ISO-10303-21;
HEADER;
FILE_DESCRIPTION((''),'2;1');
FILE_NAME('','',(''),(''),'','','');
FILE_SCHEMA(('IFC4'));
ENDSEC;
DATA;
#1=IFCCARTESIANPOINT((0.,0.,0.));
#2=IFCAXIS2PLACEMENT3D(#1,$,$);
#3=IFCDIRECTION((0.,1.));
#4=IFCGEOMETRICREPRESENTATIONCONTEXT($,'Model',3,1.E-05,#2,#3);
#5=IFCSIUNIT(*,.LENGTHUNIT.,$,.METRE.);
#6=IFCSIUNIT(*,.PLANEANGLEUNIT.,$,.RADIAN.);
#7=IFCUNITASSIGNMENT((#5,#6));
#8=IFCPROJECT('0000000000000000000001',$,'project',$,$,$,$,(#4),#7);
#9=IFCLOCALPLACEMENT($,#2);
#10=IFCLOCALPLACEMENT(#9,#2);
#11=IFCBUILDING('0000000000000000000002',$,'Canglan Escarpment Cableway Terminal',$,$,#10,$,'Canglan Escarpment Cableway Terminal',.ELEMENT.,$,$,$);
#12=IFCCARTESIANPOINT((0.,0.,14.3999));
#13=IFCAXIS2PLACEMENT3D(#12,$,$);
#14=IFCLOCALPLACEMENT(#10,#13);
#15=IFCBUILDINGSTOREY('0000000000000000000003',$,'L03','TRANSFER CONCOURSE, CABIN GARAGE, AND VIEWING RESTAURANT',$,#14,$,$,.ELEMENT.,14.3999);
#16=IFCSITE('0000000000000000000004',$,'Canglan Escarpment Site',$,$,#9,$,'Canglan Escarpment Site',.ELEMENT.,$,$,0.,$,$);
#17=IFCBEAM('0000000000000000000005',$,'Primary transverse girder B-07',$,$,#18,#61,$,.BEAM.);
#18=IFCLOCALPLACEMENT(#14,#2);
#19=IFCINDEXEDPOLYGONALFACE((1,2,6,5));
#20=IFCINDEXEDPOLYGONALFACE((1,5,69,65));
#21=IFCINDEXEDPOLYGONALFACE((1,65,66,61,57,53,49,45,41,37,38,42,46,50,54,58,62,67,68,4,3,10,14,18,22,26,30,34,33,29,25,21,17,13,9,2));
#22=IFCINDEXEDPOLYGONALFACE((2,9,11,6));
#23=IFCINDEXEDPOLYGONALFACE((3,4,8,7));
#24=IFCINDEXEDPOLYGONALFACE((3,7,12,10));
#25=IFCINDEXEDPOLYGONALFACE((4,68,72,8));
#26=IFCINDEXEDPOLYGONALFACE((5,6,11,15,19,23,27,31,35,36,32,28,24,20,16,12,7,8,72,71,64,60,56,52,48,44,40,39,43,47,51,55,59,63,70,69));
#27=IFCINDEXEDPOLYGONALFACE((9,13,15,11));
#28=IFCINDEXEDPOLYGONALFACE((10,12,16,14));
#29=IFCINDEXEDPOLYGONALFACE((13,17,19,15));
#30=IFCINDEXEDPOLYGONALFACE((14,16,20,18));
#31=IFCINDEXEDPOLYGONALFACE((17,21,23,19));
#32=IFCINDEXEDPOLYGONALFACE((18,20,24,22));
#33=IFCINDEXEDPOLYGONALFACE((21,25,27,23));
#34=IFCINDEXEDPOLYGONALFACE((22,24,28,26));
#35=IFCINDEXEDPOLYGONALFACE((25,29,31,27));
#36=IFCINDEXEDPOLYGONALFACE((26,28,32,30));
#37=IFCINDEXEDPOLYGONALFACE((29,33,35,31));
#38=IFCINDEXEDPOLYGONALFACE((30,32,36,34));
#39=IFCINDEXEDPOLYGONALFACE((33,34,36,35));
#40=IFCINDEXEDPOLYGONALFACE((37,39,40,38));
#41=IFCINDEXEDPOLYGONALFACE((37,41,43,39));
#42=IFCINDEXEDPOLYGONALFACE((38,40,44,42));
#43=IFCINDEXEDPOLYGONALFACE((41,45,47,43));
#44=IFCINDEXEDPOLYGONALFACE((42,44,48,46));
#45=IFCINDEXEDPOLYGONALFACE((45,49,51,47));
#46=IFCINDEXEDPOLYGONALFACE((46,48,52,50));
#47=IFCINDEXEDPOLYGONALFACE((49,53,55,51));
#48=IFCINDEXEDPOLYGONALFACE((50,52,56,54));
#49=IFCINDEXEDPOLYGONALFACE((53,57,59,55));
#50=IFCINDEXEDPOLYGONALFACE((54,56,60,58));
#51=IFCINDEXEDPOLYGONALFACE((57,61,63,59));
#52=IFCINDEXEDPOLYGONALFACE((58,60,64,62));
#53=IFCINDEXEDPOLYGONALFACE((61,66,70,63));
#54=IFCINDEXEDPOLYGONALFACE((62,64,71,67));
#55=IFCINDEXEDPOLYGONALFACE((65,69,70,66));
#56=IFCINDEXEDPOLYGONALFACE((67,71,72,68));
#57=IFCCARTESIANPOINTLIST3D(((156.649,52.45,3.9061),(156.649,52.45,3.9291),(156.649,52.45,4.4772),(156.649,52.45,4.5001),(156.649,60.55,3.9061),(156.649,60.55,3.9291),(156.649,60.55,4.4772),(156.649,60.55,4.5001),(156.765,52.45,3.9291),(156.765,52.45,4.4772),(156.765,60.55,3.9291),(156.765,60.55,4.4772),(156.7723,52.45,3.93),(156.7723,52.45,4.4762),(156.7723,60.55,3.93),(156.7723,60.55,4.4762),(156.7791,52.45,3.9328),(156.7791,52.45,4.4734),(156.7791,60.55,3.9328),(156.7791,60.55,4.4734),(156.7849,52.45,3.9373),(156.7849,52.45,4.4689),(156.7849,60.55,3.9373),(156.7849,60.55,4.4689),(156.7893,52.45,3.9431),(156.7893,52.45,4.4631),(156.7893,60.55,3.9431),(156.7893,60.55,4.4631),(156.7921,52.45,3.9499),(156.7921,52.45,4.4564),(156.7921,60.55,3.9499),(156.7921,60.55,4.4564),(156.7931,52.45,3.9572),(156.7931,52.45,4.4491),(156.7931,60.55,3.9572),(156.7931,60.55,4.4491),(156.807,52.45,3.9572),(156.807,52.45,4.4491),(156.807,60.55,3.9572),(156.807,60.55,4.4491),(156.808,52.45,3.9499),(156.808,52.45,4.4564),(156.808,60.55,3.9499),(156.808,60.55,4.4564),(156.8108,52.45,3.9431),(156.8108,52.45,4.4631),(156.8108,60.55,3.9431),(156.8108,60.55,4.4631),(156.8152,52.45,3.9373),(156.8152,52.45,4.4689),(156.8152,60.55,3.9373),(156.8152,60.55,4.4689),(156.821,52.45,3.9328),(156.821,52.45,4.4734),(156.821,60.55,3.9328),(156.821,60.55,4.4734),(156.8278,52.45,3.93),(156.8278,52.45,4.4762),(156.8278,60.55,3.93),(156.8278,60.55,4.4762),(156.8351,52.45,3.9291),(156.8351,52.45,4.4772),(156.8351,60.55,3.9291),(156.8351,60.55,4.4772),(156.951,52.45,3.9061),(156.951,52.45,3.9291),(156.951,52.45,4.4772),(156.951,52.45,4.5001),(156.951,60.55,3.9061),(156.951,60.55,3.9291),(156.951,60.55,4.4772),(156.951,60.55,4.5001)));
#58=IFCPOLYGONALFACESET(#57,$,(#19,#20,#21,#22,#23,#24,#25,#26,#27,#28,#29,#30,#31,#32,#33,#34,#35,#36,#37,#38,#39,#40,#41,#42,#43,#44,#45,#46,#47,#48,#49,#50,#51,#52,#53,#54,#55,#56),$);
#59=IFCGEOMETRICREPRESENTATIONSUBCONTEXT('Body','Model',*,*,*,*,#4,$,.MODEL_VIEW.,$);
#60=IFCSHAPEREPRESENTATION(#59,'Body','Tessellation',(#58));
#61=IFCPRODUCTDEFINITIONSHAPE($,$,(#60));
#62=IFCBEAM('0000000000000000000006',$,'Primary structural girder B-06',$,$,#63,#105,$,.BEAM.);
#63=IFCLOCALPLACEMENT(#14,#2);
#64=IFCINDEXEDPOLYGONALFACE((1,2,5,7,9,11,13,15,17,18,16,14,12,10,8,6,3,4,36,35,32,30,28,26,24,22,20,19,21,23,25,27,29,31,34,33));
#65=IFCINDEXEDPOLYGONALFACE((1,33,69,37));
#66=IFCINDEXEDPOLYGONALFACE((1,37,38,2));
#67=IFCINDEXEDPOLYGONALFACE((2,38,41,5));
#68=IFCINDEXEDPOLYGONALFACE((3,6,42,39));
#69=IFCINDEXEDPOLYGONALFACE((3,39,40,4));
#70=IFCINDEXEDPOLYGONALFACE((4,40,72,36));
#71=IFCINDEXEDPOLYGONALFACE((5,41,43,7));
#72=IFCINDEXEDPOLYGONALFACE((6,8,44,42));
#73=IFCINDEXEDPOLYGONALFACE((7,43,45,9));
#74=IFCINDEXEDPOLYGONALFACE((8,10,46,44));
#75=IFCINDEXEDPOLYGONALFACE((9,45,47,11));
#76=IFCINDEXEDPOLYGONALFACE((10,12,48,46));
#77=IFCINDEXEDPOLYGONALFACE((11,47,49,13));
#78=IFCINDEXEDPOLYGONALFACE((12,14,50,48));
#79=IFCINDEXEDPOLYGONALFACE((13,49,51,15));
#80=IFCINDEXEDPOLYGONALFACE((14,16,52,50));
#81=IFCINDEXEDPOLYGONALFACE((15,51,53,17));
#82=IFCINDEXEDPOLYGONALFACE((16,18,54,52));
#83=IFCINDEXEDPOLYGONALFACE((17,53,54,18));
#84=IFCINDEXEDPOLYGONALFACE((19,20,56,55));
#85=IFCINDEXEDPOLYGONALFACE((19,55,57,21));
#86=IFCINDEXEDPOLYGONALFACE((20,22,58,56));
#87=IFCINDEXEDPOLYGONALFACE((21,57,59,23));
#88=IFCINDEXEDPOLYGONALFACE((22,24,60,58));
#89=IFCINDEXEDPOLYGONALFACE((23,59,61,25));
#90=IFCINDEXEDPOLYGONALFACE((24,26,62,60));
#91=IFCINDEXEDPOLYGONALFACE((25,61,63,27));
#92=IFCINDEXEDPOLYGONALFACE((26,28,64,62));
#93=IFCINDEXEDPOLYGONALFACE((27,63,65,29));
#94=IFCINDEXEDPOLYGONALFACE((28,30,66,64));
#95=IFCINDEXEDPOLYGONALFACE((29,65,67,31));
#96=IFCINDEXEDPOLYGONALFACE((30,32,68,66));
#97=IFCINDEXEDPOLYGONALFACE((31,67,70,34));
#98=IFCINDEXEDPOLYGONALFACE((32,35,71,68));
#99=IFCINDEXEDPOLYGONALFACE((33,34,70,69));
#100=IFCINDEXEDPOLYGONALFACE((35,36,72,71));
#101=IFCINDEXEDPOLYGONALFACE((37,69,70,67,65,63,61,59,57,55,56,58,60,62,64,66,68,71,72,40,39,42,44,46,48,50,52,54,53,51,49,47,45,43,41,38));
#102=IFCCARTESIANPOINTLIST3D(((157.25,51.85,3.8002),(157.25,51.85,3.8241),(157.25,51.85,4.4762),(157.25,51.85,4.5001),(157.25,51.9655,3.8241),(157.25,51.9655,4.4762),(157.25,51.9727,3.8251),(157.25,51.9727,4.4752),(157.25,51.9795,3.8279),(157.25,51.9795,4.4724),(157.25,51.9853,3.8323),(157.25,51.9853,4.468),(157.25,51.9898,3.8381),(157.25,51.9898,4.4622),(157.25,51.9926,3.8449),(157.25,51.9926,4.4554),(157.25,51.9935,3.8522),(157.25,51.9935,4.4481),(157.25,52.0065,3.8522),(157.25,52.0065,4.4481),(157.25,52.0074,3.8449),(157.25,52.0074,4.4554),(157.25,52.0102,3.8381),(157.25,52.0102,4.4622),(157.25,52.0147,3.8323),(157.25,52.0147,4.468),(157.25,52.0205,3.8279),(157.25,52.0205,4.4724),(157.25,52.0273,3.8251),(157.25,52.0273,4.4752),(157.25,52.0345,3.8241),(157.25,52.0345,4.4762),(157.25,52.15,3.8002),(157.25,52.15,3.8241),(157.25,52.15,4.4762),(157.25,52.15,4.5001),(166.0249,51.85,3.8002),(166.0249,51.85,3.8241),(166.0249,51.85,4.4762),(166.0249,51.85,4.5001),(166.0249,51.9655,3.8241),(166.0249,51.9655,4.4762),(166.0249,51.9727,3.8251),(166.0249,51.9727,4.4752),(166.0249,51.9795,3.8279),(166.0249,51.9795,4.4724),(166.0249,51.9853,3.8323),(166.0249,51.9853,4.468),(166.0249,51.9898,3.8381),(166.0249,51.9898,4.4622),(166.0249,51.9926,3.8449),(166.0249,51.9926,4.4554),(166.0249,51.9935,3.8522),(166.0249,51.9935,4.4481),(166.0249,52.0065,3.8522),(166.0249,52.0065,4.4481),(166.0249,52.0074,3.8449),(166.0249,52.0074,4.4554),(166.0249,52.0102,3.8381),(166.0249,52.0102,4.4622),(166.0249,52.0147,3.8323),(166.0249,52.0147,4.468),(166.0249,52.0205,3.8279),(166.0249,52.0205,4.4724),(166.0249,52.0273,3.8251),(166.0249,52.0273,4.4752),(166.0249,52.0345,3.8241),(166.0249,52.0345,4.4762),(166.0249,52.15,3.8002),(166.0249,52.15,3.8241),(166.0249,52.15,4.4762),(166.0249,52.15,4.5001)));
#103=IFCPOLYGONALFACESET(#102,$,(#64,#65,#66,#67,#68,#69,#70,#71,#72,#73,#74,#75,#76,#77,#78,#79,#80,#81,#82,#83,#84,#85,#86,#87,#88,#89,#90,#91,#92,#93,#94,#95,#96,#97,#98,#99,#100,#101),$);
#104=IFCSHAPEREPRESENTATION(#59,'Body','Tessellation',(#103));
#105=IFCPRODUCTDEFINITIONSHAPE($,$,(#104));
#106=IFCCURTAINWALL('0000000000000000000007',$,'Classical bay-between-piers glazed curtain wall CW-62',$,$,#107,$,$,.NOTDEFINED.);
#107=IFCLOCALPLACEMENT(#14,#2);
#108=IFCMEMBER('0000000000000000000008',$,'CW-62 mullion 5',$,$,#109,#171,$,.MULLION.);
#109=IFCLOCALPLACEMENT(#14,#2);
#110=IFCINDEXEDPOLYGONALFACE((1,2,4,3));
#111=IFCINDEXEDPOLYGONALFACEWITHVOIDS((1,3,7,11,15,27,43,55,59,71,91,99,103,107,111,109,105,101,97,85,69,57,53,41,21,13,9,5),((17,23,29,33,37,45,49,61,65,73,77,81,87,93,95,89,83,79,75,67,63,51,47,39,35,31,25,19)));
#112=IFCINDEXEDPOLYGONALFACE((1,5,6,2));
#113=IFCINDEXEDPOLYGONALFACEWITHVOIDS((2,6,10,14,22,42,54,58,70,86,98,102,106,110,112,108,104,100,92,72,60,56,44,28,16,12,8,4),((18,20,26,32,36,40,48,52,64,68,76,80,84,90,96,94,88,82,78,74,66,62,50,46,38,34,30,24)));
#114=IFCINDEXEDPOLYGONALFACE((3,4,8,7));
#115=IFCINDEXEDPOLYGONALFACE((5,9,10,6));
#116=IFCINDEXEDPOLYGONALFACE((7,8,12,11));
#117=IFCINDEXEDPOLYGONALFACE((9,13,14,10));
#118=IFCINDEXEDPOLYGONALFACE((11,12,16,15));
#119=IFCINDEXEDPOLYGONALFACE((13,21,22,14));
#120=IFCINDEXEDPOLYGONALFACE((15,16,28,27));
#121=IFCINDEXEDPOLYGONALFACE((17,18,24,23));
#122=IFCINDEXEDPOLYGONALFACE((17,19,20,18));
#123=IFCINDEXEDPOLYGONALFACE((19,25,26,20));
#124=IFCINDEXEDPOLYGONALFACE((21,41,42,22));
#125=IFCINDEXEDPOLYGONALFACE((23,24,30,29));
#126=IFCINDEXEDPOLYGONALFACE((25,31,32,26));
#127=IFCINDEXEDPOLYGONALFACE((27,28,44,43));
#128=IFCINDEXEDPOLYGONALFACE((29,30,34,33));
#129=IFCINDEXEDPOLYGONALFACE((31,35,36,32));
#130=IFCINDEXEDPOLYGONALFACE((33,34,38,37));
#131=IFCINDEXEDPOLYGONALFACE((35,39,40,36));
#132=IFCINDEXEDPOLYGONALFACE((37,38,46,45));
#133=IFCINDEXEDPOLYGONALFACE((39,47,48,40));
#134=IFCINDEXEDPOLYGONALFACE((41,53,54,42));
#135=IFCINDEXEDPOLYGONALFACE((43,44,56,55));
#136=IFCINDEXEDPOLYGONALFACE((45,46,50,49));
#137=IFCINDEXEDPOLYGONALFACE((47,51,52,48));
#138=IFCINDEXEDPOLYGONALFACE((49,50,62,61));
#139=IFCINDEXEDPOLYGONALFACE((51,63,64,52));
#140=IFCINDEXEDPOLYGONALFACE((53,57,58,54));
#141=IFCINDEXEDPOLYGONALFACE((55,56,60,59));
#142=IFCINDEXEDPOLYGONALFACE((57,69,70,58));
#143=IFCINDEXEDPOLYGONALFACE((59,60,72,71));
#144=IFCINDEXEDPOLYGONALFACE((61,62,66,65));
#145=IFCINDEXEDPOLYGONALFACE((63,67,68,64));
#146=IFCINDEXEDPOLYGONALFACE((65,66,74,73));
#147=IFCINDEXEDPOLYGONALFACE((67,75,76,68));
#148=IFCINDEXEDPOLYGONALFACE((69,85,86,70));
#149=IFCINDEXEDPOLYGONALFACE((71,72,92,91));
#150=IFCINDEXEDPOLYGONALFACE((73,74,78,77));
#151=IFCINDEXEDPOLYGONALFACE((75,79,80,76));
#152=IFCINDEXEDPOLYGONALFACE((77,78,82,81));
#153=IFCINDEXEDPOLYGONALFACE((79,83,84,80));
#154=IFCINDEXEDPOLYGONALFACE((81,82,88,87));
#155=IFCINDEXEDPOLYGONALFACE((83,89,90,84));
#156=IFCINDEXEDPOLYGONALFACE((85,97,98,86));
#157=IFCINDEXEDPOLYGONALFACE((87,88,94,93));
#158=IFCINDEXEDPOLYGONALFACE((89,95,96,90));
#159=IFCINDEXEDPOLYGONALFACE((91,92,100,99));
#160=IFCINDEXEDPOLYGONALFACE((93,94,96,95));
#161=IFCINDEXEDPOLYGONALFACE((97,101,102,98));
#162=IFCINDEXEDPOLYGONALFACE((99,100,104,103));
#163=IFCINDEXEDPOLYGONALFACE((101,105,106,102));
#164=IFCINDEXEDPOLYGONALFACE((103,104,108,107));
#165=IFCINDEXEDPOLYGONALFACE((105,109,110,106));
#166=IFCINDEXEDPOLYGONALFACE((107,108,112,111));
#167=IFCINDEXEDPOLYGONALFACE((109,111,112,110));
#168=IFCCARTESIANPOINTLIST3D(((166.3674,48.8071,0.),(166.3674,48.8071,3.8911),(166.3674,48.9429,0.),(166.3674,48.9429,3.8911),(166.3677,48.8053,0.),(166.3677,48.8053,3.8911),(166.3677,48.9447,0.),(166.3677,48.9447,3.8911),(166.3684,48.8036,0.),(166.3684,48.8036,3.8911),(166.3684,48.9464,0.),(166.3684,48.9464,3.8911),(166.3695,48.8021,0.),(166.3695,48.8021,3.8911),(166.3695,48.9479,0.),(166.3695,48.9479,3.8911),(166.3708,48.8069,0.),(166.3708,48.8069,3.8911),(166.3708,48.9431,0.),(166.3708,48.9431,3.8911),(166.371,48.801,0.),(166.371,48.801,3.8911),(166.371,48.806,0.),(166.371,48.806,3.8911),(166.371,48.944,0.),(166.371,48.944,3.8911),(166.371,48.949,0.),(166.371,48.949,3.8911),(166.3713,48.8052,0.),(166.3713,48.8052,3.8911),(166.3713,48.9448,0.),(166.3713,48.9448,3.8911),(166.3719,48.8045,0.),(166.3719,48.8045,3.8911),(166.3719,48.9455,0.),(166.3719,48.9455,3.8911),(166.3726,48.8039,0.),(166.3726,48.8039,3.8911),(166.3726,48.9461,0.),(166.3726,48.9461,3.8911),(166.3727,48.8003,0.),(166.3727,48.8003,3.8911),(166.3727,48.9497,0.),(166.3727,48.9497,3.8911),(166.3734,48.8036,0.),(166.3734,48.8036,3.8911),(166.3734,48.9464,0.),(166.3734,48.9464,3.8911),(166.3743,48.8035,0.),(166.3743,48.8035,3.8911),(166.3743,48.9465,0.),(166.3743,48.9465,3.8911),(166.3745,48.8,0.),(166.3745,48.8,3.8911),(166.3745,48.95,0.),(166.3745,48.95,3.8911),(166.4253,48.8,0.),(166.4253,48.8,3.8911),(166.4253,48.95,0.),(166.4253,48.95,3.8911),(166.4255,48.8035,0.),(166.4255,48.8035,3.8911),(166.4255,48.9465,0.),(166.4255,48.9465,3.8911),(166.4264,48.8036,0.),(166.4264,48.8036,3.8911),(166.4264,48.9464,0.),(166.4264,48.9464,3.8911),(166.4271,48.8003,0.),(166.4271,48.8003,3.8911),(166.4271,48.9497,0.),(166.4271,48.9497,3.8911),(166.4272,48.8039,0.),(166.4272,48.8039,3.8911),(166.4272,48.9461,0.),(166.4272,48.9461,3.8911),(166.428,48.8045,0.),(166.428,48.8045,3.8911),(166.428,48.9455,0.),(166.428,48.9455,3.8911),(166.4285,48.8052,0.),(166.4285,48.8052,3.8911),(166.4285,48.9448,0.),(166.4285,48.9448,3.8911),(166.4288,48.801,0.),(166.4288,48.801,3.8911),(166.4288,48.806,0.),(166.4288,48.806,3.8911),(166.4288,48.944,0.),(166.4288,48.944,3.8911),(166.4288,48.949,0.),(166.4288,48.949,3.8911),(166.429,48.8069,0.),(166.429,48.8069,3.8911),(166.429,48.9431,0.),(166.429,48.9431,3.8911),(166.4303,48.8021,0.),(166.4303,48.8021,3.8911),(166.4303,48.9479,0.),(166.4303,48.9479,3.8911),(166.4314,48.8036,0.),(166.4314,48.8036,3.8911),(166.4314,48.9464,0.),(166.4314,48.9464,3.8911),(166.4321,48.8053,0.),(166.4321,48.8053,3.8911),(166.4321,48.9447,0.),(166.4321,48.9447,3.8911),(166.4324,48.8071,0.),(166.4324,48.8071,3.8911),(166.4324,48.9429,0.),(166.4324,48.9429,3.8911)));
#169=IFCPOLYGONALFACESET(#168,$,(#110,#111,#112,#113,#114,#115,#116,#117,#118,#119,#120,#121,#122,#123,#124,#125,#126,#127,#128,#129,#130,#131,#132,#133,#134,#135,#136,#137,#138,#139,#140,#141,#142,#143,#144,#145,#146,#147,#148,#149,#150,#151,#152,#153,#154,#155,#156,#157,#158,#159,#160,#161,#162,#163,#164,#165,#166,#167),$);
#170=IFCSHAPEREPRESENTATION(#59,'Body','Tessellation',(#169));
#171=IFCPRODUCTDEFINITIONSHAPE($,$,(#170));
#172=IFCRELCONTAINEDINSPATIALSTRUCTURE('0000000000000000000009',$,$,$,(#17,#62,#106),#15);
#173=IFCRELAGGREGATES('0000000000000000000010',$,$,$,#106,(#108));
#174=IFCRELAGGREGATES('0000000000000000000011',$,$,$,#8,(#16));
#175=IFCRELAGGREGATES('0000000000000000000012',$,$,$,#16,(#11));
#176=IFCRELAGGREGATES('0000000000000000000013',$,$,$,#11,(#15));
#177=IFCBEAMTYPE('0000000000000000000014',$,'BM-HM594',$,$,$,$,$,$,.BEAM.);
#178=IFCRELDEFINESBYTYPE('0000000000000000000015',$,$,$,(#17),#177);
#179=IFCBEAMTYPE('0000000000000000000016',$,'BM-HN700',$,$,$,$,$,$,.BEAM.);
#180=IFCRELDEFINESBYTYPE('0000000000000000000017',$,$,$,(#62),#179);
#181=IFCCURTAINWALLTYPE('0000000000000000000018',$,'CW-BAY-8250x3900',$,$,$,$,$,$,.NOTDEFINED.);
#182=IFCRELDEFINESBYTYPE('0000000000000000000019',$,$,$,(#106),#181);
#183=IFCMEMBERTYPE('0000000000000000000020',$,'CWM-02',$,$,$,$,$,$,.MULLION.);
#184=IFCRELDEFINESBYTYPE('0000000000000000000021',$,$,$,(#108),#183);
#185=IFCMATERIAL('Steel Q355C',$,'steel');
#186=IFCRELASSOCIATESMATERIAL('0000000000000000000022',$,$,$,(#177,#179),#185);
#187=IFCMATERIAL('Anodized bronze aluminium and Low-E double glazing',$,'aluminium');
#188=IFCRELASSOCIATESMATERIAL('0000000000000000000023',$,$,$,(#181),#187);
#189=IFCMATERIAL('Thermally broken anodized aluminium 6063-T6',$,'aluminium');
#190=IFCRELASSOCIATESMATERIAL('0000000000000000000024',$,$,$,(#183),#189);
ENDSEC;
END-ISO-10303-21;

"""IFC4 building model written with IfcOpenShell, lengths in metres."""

from ifc_helpers import new_model, si_unit, direction, frame, origin, origin_2d, place, context, subcontext, project, spatial, hollow_rectangle, i_section, extrude, material, material_profile, profile_set, type_object, element, aggregate, save


model = new_model("IFC4")

# Units and contexts
model_context = context("Model", 3, precision=1e-05, world=origin(), true_north=direction((0.0, 1.0)))
body_context = subcontext(model_context, "Body", "Model", "MODEL_VIEW")
ifc_project = project(units=[si_unit("LENGTHUNIT", "METRE"), si_unit("PLANEANGLEUNIT", "RADIAN")], contexts=[model_context])

# Site, building, storey
site_placement = place(None, origin())
site = spatial("IfcSite", under=ifc_project, at=site_placement, Name="Canglan Escarpment Site", LongName="Canglan Escarpment Site", CompositionType="ELEMENT", RefElevation=0.0)
building_placement = place(site_placement, origin())
building = spatial("IfcBuilding", under=site, at=building_placement, Name="Canglan Escarpment Cableway Terminal", LongName="Canglan Escarpment Cableway Terminal", CompositionType="ELEMENT")
storey_placement = place(building_placement, frame((0.0, 0.0, 14.3999)))
storey = spatial("IfcBuildingStorey", under=building, at=storey_placement, Name="L03", Description="TRANSFER CONCOURSE, CABIN GARAGE, AND VIEWING RESTAURANT", CompositionType="ELEMENT", Elevation=14.3999)

# Beams
ifc_material_1 = material(Name="Steel Q355C", Category="steel")
ifc_material_profile_1 = material_profile(ifc_material_1, i_section(OverallWidth=0.302, OverallDepth=0.594, WebThickness=0.0139, FlangeThickness=0.0229, FilletRadius=0.0281, at=origin_2d()), Name="HM 594x302x14x23")
ifc_profile_set_1 = profile_set([ifc_material_profile_1], Name="Steel Q355C")
beam_type_1 = type_object("IfcBeamType", Name="BM-HM594", PredefinedType="BEAM", material=ifc_profile_set_1)
beam_1_placement = place(storey_placement, frame((156.8, 52.45, 4.2031), z_axis=(0.0, 1.0, 0.0), x_axis=(-1.0, 0.0, 0.0)))
element("IfcBeam", 1, at=beam_1_placement, inside=storey, type_object=beam_type_1, Name="Primary transverse girder B-07", PredefinedType="BEAM", context=body_context, shape_type="SweptSolid", body=[
    extrude(i_section(OverallWidth=0.302, OverallDepth=0.594, WebThickness=0.0139, FlangeThickness=0.0229, FilletRadius=0.0281, at=origin_2d()), origin(), (0.0, 0.0, 1.0), 8.1001),
])
ifc_material_profile_2 = material_profile(ifc_material_1, i_section(OverallWidth=0.3, OverallDepth=0.7, WebThickness=0.0129, FlangeThickness=0.0239, FilletRadius=0.0281, at=origin_2d()), Name="HN 700x300x13x24")
ifc_profile_set_2 = profile_set([ifc_material_profile_2], Name="Steel Q355C")
beam_type_2 = type_object("IfcBeamType", Name="BM-HN700", PredefinedType="BEAM", material=ifc_profile_set_2)
beam_2_placement = place(storey_placement, frame((157.25, 52.0, 4.1501), z_axis=(1.0, 0.0, 0.0), x_axis=(0.0, 1.0, 0.0)))
element("IfcBeam", 2, at=beam_2_placement, inside=storey, type_object=beam_type_2, Name="Primary structural girder B-06", PredefinedType="BEAM", context=body_context, shape_type="SweptSolid", body=[
    extrude(i_section(OverallWidth=0.3, OverallDepth=0.7, WebThickness=0.0129, FlangeThickness=0.0239, FilletRadius=0.0281, at=origin_2d()), origin(), (0.0, 0.0, 1.0), 8.7749),
])

# Curtain wall, member
ifc_material_2 = material(Name="Anodized bronze aluminium and Low-E double glazing", Category="aluminium")
curtain_wall_type = type_object("IfcCurtainWallType", Name="CW-BAY-8250x3900", PredefinedType="NOTDEFINED", material=ifc_material_2)
curtain_wall_placement = place(storey_placement, origin())
curtain_wall = element("IfcCurtainWall", 3, at=curtain_wall_placement, inside=storey, type_object=curtain_wall_type, Name="Classical bay-between-piers glazed curtain wall CW-62", PredefinedType="NOTDEFINED")
ifc_material_3 = material(Name="Thermally broken anodized aluminium 6063-T6", Category="aluminium")
ifc_material_profile_3 = material_profile(ifc_material_3, hollow_rectangle(XDim=0.0649, YDim=0.1499, WallThickness=0.0034, InnerFilletRadius=0.0034, OuterFilletRadius=0.0071, at=origin_2d()), Name="ALU-MULL 65x150x3.5")
ifc_profile_set_3 = profile_set([ifc_material_profile_3], Name="Thermally broken anodized aluminium 6063-T6")
member_type_1 = type_object("IfcMemberType", Name="CWM-02", PredefinedType="MULLION", material=ifc_profile_set_3)
member_1_placement = place(storey_placement, frame((166.3999, 48.875, 0.0), z_axis=(0.0, 0.0, 1.0), x_axis=(-1.0, 0.0, 0.0)))
member_1 = element("IfcMember", 4, at=member_1_placement, type_object=member_type_1, Name="CW-62 mullion 5", PredefinedType="MULLION", context=body_context, shape_type="SweptSolid", body=[
    extrude(hollow_rectangle(XDim=0.0649, YDim=0.1499, WallThickness=0.0034, InnerFilletRadius=0.0034, OuterFilletRadius=0.0071, at=origin_2d()), origin(), (0.0, 0.0, 1.0), 3.8911),
])

aggregate(curtain_wall, [member_1])

save(model, "model.ifc")
